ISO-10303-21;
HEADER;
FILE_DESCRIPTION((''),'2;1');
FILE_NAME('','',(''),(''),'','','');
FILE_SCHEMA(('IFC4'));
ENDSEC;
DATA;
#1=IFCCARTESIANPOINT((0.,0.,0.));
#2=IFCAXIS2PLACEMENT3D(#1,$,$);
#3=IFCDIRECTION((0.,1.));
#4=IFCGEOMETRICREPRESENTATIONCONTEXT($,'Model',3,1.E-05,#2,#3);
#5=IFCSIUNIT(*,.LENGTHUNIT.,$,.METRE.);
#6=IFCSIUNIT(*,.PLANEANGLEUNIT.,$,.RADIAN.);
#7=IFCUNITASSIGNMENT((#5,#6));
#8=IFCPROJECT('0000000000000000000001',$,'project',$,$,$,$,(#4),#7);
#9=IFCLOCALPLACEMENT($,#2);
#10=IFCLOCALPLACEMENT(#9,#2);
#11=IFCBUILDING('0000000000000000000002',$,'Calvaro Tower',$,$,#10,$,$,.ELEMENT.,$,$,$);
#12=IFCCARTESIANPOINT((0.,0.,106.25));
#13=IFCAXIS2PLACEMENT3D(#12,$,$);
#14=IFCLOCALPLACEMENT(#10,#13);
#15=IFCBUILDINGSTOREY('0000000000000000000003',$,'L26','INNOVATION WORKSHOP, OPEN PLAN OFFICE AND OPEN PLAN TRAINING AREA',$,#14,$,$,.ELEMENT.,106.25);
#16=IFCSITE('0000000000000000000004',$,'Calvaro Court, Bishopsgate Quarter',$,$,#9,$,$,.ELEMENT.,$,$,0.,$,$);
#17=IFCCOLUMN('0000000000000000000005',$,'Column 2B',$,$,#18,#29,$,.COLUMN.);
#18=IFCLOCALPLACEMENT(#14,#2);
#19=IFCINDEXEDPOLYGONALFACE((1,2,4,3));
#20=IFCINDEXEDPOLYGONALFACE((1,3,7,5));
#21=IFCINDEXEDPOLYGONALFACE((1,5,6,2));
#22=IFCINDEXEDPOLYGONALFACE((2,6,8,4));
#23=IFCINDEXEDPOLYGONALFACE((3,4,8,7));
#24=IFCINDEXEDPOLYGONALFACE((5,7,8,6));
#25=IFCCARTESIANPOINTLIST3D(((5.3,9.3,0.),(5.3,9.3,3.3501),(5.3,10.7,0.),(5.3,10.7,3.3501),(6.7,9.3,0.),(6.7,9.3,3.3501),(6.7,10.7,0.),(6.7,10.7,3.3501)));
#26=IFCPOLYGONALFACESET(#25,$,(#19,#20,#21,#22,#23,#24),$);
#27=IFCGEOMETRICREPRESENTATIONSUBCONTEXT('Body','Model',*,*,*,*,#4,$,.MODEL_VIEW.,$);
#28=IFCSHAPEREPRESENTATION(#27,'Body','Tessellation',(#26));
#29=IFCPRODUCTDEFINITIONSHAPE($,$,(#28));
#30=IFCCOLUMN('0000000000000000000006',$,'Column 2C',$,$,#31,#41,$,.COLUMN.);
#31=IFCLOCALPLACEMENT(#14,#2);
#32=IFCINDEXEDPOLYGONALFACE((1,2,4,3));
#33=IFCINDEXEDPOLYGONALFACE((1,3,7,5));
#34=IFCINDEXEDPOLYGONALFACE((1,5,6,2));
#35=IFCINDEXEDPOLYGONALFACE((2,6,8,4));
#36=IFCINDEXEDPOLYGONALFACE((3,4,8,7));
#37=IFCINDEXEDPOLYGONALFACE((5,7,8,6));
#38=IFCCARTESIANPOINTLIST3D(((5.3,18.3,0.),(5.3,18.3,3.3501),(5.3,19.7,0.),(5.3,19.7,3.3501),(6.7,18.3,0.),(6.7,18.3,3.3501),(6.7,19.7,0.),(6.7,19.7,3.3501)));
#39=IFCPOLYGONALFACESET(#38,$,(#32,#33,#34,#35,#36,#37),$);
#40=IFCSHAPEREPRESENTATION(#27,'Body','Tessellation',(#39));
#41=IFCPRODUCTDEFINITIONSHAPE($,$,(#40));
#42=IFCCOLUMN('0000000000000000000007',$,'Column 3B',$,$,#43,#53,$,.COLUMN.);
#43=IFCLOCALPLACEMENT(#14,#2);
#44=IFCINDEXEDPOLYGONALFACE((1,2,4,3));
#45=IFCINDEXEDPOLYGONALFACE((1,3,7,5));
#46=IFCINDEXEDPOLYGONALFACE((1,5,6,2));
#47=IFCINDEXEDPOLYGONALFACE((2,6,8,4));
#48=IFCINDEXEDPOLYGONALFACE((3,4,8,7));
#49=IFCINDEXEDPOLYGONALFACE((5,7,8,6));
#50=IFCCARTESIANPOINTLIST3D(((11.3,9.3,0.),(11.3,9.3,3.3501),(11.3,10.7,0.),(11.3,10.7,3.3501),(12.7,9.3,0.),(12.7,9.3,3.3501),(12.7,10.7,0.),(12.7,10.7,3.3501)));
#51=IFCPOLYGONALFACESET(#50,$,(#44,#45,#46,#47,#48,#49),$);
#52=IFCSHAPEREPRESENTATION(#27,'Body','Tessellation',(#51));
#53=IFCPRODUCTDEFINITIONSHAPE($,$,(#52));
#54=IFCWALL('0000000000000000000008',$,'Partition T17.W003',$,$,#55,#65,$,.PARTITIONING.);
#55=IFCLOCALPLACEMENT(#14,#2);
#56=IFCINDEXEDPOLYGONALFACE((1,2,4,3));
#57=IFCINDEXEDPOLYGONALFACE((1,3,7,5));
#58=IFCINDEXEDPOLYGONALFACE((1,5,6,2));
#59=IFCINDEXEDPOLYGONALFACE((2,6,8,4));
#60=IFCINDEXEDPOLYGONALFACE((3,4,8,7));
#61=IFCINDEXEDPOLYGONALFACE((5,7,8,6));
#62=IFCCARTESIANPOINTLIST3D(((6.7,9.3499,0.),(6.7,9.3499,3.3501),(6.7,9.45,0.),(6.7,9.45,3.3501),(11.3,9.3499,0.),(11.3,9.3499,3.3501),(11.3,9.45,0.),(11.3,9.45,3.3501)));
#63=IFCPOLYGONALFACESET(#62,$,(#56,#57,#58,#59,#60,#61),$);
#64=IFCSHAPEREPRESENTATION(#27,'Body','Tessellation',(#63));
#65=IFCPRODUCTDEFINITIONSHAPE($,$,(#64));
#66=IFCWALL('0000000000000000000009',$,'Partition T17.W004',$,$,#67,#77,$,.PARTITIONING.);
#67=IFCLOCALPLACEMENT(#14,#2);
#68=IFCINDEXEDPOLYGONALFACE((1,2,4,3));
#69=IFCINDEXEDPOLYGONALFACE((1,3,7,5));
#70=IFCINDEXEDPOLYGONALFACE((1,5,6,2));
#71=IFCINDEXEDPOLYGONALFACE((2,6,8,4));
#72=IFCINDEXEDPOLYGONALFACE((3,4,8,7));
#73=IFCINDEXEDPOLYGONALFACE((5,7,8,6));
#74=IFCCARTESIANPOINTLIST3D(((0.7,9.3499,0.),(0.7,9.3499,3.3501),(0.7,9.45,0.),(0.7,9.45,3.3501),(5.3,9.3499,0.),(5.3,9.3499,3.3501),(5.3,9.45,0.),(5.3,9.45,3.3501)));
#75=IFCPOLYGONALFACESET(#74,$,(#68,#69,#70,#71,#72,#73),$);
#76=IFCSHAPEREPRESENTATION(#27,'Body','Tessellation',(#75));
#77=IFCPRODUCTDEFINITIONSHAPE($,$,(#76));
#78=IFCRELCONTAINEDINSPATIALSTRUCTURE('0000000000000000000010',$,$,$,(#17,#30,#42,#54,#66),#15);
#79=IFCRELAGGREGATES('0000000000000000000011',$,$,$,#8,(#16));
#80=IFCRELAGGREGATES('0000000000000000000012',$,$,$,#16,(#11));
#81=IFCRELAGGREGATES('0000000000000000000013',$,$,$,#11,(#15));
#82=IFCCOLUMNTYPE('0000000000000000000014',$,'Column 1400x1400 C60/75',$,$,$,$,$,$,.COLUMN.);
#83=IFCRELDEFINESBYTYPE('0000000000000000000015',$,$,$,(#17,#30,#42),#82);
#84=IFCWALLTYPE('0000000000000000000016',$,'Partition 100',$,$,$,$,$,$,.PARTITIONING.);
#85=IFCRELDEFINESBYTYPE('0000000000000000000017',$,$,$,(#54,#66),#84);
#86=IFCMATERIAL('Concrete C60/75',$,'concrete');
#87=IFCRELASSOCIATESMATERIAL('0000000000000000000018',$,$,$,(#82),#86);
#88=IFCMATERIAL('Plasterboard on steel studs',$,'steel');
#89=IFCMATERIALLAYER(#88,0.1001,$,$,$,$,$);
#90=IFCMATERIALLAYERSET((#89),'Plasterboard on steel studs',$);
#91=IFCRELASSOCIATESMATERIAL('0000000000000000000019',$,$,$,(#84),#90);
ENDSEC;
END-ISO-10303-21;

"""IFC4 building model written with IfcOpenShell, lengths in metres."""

from ifc_helpers import new_model, si_unit, direction, frame, frame_2d, origin, origin_2d, place, context, subcontext, project, spatial, rectangle, extrude, material, layer, layer_set, material_profile, profile_set, type_object, element, save


model = new_model("IFC4")

# Units and contexts
model_context = context("Model", 3, precision=1e-05, world=origin(), true_north=direction((0.0, 1.0)))
body_context = subcontext(model_context, "Body", "Model", "MODEL_VIEW")
ifc_project = project(units=[si_unit("LENGTHUNIT", "METRE"), si_unit("PLANEANGLEUNIT", "RADIAN")], contexts=[model_context])

# Site, building, storey
site_placement = place(None, origin())
site = spatial("IfcSite", under=ifc_project, at=site_placement, Name="Calvaro Court, Bishopsgate Quarter", CompositionType="ELEMENT", RefElevation=0.0)
building_placement = place(site_placement, origin())
building = spatial("IfcBuilding", under=site, at=building_placement, Name="Calvaro Tower", CompositionType="ELEMENT")
storey_placement = place(building_placement, frame((0.0, 0.0, 106.25)))
storey = spatial("IfcBuildingStorey", under=building, at=storey_placement, Name="L26", Description="INNOVATION WORKSHOP, OPEN PLAN OFFICE AND OPEN PLAN TRAINING AREA", CompositionType="ELEMENT", Elevation=106.25)

# Columns
ifc_material_1 = material(Name="Concrete C60/75", Category="concrete")
ifc_material_profile = material_profile(ifc_material_1, rectangle(XDim=1.3999, YDim=1.3999, at=origin_2d()), Name="RC 1400x1400")
ifc_profile_set = profile_set([ifc_material_profile], Name="Concrete C60/75")
column_type = type_object("IfcColumnType", Name="Column 1400x1400 C60/75", PredefinedType="COLUMN", material=ifc_profile_set)
for number, where, z_axis, x_axis, name in (
    (1, (6.0, 10.0, 0.0), (0.0, 0.0, 1.0), (1.0, 0.0, 0.0), "Column 2B"),
    (2, (6.0, 19.0, 0.0), (0.0, 0.0, 1.0), (1.0, 0.0, 0.0), "Column 2C"),
    (3, (12.0, 10.0, 0.0), (0.0, 0.0, 1.0), (1.0, 0.0, 0.0), "Column 3B"),
):
    element("IfcColumn", number, at=place(storey_placement, frame(where, z_axis=z_axis, x_axis=x_axis)), inside=storey, type_object=column_type, Name=name, PredefinedType="COLUMN", context=body_context, shape_type="SweptSolid", body=[
        extrude(rectangle(XDim=1.3999, YDim=1.3999, at=origin_2d()), origin(), (0.0, 0.0, 1.0), 3.3501),
    ])

# Walls
ifc_material_2 = material(Name="Plasterboard on steel studs", Category="steel")
ifc_layer = layer(ifc_material_2, 0.1001)
ifc_layer_set = layer_set([ifc_layer], Name="Plasterboard on steel studs")
wall_type = type_object("IfcWallType", Name="Partition 100", PredefinedType="PARTITIONING", material=ifc_layer_set)
for number, where, z_axis, x_axis, name in (
    (4, (6.7, 9.3999, 0.0), (0.0, 0.0, 1.0), (1.0, 0.0, 0.0), "Partition T17.W003"),
    (5, (0.7, 9.3999, 0.0), (0.0, 0.0, 1.0), (1.0, 0.0, 0.0), "Partition T17.W004"),
):
    element("IfcWall", number, at=place(storey_placement, frame(where, z_axis=z_axis, x_axis=x_axis)), inside=storey, type_object=wall_type, Name=name, PredefinedType="PARTITIONING", context=body_context, shape_type="SweptSolid", body=[
        extrude(rectangle(XDim=4.6001, YDim=0.1001, at=frame_2d((2.3, 0.0))), origin(), (0.0, 0.0, 1.0), 3.3501),
    ])

save(model, "model.ifc")
